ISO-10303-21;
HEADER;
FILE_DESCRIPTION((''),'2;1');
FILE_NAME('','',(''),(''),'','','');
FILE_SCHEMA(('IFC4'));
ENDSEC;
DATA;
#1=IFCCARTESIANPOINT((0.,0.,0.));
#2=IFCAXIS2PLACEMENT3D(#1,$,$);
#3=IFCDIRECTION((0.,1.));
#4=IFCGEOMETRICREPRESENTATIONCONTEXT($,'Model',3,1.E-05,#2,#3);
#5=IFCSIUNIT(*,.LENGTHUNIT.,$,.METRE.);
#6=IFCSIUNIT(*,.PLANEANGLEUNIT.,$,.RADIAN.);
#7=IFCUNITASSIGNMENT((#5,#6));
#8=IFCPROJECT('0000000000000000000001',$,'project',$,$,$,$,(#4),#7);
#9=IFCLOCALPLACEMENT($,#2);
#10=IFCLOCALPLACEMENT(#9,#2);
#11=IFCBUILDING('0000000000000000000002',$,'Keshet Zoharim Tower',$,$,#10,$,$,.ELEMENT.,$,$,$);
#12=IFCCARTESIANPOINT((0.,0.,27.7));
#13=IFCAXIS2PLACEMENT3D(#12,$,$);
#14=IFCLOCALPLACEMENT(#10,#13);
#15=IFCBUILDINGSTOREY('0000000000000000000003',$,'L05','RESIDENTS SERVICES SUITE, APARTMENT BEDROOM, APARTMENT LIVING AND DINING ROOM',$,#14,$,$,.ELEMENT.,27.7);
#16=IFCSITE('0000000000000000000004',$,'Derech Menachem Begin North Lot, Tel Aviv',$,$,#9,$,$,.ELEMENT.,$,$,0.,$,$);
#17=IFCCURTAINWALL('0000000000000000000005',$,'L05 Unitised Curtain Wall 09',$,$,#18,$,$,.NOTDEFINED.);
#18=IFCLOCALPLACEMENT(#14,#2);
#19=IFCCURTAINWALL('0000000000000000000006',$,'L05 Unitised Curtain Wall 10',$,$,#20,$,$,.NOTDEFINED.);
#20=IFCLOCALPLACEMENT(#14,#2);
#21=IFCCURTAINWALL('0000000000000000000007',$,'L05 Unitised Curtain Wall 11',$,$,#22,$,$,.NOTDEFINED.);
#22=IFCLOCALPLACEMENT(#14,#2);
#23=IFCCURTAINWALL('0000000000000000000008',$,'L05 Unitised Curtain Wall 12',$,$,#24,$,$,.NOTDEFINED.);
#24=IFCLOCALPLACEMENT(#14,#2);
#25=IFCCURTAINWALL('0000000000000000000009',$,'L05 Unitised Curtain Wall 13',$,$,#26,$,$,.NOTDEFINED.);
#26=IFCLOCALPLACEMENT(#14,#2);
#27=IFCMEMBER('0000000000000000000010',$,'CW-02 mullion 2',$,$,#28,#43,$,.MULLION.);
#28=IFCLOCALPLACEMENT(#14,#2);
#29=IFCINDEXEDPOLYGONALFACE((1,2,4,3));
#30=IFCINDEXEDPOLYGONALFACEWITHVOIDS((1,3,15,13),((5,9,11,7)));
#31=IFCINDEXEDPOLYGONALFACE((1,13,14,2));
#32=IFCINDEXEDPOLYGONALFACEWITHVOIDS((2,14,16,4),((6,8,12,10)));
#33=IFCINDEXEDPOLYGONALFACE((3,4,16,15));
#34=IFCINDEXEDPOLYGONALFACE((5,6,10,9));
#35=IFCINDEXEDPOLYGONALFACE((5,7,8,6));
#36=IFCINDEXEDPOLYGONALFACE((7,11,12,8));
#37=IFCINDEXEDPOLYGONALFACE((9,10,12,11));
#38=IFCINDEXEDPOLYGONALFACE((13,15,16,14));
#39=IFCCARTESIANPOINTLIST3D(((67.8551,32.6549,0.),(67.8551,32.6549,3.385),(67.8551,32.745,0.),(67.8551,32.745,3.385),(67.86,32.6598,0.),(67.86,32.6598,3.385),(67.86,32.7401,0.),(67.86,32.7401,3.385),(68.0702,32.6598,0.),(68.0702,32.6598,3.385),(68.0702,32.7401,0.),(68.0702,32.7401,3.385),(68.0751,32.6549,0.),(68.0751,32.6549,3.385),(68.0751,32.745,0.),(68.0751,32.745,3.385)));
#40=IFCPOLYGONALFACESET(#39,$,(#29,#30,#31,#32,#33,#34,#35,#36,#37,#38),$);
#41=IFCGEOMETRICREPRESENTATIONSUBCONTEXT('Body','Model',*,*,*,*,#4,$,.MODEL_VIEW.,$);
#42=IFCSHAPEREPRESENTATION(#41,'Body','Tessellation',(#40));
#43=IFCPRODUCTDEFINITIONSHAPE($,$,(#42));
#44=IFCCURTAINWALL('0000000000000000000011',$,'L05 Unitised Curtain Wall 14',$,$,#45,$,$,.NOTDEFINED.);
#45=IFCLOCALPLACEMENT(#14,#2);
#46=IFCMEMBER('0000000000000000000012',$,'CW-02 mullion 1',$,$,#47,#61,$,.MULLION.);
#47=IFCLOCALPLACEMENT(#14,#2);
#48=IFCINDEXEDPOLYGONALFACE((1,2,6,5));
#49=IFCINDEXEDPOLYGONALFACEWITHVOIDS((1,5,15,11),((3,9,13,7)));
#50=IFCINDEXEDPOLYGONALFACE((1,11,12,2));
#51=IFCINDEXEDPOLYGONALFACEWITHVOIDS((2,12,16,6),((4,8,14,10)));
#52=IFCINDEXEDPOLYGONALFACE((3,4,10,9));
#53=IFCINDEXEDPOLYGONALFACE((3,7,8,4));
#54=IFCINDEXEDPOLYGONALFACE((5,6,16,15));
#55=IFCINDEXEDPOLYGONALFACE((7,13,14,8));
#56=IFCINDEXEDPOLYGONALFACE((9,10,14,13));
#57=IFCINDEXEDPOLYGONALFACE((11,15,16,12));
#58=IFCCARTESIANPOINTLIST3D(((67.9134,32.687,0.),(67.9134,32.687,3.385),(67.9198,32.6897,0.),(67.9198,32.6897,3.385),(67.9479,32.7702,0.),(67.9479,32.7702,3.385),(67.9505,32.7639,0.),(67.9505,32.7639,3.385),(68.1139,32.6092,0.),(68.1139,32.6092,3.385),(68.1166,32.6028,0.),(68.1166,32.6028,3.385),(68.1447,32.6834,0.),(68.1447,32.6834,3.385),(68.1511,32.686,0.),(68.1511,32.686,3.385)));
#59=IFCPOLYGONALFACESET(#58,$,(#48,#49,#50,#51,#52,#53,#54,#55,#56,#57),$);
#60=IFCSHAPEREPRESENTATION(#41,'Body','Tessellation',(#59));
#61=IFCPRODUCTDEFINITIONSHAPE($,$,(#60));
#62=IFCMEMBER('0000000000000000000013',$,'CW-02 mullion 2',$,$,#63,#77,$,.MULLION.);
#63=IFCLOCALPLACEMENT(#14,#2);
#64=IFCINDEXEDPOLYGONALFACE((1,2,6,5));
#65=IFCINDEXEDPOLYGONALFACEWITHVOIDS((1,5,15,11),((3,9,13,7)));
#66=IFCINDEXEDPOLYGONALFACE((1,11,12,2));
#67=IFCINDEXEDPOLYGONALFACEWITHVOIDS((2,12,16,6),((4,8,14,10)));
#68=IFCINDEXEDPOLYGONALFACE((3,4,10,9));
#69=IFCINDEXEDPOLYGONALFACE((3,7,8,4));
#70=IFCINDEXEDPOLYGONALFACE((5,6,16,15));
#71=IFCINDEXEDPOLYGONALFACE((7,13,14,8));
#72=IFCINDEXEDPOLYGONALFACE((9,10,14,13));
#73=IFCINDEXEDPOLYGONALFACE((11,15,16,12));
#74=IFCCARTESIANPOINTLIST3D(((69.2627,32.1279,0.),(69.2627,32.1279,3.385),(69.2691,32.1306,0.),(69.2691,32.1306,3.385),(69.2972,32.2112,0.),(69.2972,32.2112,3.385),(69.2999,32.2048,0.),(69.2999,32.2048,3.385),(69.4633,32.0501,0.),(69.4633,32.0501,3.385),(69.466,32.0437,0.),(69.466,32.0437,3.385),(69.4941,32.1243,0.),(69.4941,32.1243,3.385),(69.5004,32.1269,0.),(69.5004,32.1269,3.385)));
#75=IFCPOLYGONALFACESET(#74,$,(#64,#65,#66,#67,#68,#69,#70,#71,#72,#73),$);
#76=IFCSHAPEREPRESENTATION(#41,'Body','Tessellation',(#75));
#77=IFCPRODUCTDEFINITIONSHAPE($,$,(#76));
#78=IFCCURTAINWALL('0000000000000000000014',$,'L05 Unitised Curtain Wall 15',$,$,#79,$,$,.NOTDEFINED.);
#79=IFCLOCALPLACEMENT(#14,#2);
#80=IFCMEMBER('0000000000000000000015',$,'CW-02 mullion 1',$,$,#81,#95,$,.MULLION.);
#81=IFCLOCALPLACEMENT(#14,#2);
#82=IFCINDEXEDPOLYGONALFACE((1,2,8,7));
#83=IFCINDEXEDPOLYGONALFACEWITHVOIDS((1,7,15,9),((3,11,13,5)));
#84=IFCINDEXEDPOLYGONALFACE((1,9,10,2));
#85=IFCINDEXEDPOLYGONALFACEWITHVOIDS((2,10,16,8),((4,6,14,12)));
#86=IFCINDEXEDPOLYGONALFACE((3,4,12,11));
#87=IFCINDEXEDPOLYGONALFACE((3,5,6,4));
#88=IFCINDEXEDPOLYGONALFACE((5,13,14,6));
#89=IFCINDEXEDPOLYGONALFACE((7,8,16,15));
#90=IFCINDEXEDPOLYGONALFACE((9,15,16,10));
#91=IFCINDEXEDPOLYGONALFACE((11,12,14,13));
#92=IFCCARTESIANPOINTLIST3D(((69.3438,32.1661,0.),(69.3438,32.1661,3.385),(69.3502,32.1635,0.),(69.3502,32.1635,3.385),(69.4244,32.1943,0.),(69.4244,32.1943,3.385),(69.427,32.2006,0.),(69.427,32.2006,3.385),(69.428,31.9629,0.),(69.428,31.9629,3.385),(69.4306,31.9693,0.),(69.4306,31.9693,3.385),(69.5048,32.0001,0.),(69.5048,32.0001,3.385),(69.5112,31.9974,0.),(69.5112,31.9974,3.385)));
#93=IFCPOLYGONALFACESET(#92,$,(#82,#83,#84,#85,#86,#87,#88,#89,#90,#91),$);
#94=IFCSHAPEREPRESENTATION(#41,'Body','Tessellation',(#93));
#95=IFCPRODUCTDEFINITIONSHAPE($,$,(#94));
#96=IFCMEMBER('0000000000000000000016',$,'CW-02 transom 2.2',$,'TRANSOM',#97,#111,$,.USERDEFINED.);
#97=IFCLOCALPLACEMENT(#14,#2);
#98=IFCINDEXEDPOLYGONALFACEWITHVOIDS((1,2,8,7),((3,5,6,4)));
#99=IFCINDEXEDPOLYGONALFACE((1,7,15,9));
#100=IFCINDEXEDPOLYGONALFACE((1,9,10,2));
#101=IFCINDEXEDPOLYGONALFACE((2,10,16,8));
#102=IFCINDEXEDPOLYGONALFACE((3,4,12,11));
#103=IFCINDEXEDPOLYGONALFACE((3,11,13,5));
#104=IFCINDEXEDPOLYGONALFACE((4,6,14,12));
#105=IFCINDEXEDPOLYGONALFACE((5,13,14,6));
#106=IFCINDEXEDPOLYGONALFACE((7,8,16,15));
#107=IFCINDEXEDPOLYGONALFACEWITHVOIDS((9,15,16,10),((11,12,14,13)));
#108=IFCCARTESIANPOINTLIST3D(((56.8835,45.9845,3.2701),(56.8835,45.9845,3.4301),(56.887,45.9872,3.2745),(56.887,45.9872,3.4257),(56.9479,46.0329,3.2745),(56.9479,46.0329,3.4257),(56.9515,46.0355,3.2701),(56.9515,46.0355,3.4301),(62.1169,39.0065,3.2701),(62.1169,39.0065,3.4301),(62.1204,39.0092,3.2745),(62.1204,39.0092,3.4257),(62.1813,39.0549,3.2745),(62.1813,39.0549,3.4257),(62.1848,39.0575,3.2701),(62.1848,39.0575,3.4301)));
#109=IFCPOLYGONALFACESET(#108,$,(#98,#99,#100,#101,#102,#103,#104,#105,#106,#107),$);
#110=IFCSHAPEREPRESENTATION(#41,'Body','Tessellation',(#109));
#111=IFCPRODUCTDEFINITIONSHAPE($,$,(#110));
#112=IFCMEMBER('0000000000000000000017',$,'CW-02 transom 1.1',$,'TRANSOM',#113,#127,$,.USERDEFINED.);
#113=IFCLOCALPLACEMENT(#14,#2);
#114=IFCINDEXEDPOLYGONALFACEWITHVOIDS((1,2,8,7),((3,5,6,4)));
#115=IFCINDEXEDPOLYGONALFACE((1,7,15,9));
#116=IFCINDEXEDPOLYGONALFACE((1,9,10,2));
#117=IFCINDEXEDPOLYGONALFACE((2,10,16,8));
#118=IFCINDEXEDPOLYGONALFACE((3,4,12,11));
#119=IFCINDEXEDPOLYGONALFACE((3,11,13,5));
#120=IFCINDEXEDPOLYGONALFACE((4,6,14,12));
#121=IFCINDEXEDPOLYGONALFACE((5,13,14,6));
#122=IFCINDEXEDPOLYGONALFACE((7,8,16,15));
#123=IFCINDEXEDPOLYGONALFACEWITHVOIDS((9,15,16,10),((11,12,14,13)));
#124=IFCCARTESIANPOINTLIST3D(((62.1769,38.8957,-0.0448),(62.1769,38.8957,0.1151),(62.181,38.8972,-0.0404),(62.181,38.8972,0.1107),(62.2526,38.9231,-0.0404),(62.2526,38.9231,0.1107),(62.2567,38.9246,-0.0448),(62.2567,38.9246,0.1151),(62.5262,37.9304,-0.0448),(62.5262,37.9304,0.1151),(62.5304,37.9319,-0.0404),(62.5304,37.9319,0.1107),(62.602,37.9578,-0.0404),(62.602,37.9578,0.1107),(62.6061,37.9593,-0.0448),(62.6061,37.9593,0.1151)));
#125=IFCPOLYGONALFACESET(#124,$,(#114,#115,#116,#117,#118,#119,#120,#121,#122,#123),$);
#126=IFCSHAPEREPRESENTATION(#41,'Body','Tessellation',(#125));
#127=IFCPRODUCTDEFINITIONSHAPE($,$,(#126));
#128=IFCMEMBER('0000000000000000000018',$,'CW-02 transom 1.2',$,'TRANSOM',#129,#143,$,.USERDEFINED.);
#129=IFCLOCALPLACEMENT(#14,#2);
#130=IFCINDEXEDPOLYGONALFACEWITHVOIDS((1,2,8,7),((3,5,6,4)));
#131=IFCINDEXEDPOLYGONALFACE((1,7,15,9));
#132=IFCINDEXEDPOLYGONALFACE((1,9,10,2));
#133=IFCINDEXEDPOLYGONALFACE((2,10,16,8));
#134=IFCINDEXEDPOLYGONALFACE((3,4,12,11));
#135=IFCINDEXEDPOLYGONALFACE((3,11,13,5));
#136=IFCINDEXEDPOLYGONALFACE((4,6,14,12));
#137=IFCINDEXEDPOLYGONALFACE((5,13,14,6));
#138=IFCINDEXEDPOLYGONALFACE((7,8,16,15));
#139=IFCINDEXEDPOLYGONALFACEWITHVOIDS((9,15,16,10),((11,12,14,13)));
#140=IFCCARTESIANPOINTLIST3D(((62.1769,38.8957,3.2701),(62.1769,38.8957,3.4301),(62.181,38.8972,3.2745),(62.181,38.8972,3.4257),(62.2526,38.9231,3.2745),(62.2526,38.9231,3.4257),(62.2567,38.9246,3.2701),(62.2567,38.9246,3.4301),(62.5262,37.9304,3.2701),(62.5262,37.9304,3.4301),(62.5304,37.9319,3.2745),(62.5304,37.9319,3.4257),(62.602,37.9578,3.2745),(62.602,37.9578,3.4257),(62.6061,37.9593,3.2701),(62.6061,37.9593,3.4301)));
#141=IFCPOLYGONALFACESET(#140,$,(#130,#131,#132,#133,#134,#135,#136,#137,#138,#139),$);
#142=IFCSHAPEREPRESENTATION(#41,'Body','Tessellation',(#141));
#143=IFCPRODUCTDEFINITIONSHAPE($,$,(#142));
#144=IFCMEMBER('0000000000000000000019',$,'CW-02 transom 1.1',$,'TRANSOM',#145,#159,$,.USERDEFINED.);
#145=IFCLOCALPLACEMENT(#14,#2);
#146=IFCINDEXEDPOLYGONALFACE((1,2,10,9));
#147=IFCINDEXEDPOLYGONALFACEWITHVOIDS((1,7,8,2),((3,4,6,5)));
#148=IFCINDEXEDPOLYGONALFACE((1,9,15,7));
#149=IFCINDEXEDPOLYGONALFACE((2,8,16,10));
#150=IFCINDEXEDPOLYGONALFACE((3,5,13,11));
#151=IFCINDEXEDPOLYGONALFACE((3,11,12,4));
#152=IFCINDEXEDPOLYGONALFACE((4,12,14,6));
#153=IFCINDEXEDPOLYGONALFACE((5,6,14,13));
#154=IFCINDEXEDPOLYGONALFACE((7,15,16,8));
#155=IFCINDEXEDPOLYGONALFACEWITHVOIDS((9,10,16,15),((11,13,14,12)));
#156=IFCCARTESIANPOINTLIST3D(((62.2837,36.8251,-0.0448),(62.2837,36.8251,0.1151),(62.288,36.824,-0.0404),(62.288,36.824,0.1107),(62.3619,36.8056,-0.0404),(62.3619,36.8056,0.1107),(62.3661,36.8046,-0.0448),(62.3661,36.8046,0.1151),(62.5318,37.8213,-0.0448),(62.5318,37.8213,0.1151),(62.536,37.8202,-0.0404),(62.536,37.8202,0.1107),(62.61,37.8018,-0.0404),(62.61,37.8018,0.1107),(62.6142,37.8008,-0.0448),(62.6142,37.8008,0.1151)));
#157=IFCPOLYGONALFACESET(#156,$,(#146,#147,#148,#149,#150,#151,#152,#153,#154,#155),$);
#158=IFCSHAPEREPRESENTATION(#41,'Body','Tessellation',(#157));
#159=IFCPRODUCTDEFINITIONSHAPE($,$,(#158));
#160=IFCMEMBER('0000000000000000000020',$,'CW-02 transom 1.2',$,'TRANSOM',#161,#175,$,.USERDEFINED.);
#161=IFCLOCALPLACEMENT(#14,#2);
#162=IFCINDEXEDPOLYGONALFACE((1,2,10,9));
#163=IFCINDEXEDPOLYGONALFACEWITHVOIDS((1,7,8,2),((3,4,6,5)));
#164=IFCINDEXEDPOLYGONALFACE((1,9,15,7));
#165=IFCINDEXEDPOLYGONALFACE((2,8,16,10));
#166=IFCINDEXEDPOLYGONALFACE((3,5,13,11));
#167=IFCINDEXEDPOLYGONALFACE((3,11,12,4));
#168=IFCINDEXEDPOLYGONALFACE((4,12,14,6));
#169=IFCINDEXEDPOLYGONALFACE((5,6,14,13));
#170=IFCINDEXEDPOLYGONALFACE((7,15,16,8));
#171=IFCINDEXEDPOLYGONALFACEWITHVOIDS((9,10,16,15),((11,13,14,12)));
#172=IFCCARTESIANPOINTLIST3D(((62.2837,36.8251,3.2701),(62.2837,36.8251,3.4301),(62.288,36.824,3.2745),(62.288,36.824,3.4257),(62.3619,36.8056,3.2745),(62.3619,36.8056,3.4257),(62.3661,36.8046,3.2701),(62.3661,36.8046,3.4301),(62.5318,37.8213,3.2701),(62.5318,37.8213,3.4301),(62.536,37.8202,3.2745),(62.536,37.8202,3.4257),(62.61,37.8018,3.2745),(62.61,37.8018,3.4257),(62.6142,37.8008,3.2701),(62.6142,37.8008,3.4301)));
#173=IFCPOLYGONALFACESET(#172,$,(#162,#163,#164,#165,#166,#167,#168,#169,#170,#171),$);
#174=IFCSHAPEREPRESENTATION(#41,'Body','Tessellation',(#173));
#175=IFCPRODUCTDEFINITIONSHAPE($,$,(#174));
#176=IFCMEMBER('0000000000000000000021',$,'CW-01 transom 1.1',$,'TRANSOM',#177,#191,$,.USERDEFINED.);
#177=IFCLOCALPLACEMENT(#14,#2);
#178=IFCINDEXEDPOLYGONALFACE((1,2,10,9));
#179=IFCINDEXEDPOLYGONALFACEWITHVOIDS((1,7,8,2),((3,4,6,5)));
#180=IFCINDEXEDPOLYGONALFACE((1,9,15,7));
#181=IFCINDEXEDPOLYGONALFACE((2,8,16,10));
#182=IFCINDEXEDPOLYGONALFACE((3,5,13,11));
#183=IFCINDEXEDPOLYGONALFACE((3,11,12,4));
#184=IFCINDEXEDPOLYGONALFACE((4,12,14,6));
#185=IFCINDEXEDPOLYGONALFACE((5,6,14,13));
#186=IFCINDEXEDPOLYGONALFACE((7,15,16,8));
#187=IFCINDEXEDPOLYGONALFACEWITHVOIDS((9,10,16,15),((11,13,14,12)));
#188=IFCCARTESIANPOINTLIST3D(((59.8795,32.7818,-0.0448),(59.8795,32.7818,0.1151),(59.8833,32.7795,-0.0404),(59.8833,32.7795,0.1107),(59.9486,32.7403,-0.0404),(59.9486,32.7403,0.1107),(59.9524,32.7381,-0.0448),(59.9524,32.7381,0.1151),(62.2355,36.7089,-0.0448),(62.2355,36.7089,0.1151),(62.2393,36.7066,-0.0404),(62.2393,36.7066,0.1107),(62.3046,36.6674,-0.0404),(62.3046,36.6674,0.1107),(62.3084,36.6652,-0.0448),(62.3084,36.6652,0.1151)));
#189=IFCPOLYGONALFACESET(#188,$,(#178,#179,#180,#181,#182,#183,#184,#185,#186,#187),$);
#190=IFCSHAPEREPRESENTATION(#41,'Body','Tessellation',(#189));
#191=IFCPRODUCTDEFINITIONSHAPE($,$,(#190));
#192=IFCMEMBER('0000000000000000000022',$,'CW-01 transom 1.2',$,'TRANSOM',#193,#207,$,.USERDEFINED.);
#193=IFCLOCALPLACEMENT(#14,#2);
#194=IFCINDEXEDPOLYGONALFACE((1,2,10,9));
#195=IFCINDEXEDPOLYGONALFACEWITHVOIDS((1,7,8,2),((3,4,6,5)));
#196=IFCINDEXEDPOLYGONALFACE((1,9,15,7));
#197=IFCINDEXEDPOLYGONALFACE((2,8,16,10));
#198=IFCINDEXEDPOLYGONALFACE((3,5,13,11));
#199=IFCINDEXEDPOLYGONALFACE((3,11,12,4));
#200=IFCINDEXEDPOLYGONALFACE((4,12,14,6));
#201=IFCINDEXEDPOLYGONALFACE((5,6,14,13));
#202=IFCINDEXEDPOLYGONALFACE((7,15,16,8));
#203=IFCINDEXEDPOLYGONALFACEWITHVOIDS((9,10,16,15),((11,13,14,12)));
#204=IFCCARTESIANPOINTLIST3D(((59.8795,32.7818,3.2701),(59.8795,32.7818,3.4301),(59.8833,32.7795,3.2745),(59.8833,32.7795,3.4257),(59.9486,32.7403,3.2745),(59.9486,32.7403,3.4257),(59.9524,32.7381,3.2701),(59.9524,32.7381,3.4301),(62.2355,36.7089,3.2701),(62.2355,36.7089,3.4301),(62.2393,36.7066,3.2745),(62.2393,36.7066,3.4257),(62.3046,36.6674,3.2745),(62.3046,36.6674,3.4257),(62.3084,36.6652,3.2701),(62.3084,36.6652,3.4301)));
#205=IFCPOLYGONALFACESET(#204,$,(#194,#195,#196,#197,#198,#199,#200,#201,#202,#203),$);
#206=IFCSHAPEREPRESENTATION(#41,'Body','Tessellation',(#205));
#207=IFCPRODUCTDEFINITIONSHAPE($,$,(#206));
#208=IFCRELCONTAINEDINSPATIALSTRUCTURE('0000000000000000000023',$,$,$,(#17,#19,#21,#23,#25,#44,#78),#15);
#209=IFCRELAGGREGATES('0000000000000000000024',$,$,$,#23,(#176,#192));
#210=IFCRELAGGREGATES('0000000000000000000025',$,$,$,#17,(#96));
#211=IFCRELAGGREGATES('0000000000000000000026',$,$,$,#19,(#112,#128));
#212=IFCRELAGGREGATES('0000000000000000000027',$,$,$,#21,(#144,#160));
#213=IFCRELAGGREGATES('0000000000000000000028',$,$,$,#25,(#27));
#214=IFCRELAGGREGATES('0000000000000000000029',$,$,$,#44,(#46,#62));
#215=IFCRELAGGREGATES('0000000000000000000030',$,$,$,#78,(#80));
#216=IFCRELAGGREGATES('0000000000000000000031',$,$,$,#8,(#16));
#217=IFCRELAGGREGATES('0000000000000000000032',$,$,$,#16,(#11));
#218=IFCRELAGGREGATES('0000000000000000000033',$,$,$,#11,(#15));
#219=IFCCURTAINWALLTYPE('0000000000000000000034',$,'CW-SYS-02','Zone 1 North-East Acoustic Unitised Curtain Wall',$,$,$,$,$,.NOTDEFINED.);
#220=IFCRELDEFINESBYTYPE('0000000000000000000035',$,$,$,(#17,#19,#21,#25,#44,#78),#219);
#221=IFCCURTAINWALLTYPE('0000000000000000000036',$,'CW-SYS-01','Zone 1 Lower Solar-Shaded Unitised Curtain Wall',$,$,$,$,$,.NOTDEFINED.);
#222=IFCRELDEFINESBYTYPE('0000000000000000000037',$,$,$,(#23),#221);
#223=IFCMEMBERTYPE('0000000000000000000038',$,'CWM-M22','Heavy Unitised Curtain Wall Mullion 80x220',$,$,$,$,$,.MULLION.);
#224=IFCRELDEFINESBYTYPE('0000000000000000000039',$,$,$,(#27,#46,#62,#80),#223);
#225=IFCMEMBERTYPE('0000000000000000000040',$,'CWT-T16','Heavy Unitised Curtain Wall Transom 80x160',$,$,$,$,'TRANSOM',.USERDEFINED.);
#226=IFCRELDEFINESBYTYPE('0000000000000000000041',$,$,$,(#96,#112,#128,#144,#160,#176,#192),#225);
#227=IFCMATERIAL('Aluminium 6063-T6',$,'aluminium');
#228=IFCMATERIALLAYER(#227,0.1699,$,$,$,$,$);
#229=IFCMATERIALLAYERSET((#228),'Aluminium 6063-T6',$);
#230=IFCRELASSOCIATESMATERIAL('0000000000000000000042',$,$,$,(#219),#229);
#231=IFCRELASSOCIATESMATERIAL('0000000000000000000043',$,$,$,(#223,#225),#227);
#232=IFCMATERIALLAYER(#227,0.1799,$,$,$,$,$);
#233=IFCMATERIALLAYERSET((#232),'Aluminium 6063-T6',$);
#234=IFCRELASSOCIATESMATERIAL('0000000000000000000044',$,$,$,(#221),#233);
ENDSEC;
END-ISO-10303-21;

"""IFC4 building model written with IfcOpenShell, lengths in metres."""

from ifc_helpers import new_model, si_unit, direction, frame, origin, origin_2d, place, context, subcontext, project, spatial, hollow_rectangle, extrude, material, layer, layer_set, material_profile, profile_set, type_object, element, aggregate, save


model = new_model("IFC4")

# Units and contexts
model_context = context("Model", 3, precision=1e-05, world=origin(), true_north=direction((0.0, 1.0)))
body_context = subcontext(model_context, "Body", "Model", "MODEL_VIEW")
ifc_project = project(units=[si_unit("LENGTHUNIT", "METRE"), si_unit("PLANEANGLEUNIT", "RADIAN")], contexts=[model_context])

# Site, building, storey
site_placement = place(None, origin())
site = spatial("IfcSite", under=ifc_project, at=site_placement, Name="Derech Menachem Begin North Lot, Tel Aviv", CompositionType="ELEMENT", RefElevation=0.0)
building_placement = place(site_placement, origin())
building = spatial("IfcBuilding", under=site, at=building_placement, Name="Keshet Zoharim Tower", CompositionType="ELEMENT")
storey_placement = place(building_placement, frame((0.0, 0.0, 27.7)))
storey = spatial("IfcBuildingStorey", under=building, at=storey_placement, Name="L05", Description="RESIDENTS SERVICES SUITE, APARTMENT BEDROOM, APARTMENT LIVING AND DINING ROOM", CompositionType="ELEMENT", Elevation=27.7)

# Curtain wall
ifc_material_1 = material(Name="Aluminium 6063-T6", Category="aluminium")
ifc_layer_1 = layer(ifc_material_1, 0.1699)
ifc_layer_set_1 = layer_set([ifc_layer_1], Name="Aluminium 6063-T6")
curtain_wall_type_1 = type_object("IfcCurtainWallType", Name="CW-SYS-02", Description="Zone 1 North-East Acoustic Unitised Curtain Wall", PredefinedType="NOTDEFINED", material=ifc_layer_set_1)
curtain_wall_1_placement = place(storey_placement, origin())
curtain_wall_1 = element("IfcCurtainWall", 1, at=curtain_wall_1_placement, inside=storey, type_object=curtain_wall_type_1, Name="L05 Unitised Curtain Wall 09", PredefinedType="NOTDEFINED")
ifc_material_profile_1 = material_profile(ifc_material_1, hollow_rectangle(XDim=0.0901, YDim=0.22, WallThickness=0.0049, at=origin_2d()), Name="MUL-90x220")
ifc_profile_set_1 = profile_set([ifc_material_profile_1], Name="Aluminium 6063-T6")
member_type_1 = type_object("IfcMemberType", Name="CWM-M22", Description="Heavy Unitised Curtain Wall Mullion 80x220", PredefinedType="MULLION", material=ifc_profile_set_1)

# Curtain walls, members
curtain_wall_2_placement = place(storey_placement, origin())
curtain_wall_2 = element("IfcCurtainWall", 2, at=curtain_wall_2_placement, inside=storey, type_object=curtain_wall_type_1, Name="L05 Unitised Curtain Wall 10", PredefinedType="NOTDEFINED")
curtain_wall_3_placement = place(storey_placement, origin())
curtain_wall_3 = element("IfcCurtainWall", 3, at=curtain_wall_3_placement, inside=storey, type_object=curtain_wall_type_1, Name="L05 Unitised Curtain Wall 11", PredefinedType="NOTDEFINED")
ifc_layer_2 = layer(ifc_material_1, 0.1799)
ifc_layer_set_2 = layer_set([ifc_layer_2], Name="Aluminium 6063-T6")
curtain_wall_type_2 = type_object("IfcCurtainWallType", Name="CW-SYS-01", Description="Zone 1 Lower Solar-Shaded Unitised Curtain Wall", PredefinedType="NOTDEFINED", material=ifc_layer_set_2)
curtain_wall_4_placement = place(storey_placement, origin())
curtain_wall_4 = element("IfcCurtainWall", 4, at=curtain_wall_4_placement, inside=storey, type_object=curtain_wall_type_2, Name="L05 Unitised Curtain Wall 12", PredefinedType="NOTDEFINED")
curtain_wall_5_placement = place(storey_placement, origin())
curtain_wall_5 = element("IfcCurtainWall", 5, at=curtain_wall_5_placement, inside=storey, type_object=curtain_wall_type_1, Name="L05 Unitised Curtain Wall 13", PredefinedType="NOTDEFINED")
member_1_placement = place(storey_placement, frame((67.9651, 32.7, 0.0), z_axis=(0.0, 0.0, 1.0), x_axis=(0.0, 1.0, 0.0)))
member_1 = element("IfcMember", 6, at=member_1_placement, type_object=member_type_1, Name="CW-02 mullion 2", PredefinedType="MULLION", context=body_context, shape_type="SweptSolid", body=[
    extrude(hollow_rectangle(XDim=0.0901, YDim=0.22, WallThickness=0.0049, at=origin_2d()), origin(), (0.0, 0.0, 1.0), 3.385),
])
curtain_wall_6_placement = place(storey_placement, origin())
curtain_wall_6 = element("IfcCurtainWall", 7, at=curtain_wall_6_placement, inside=storey, type_object=curtain_wall_type_1, Name="L05 Unitised Curtain Wall 14", PredefinedType="NOTDEFINED")
member_2_placement = place(storey_placement, frame((68.0322, 32.6865, 0.0), z_axis=(0.0, 0.0, 1.0), x_axis=(0.382852, 0.92381, 0.0)))
member_2 = element("IfcMember", 8, at=member_2_placement, type_object=member_type_1, Name="CW-02 mullion 1", PredefinedType="MULLION", context=body_context, shape_type="SweptSolid", body=[
    extrude(hollow_rectangle(XDim=0.0901, YDim=0.22, WallThickness=0.0049, at=origin_2d()), origin(), (0.0, 0.0, 1.0), 3.385),
])
member_3_placement = place(storey_placement, frame((69.3816, 32.1274, 0.0), z_axis=(0.0, 0.0, 1.0), x_axis=(0.382852, 0.92381, 0.0)))
member_3 = element("IfcMember", 9, at=member_3_placement, type_object=member_type_1, Name="CW-02 mullion 2", PredefinedType="MULLION", context=body_context, shape_type="SweptSolid", body=[
    extrude(hollow_rectangle(XDim=0.0901, YDim=0.22, WallThickness=0.0049, at=origin_2d()), origin(), (0.0, 0.0, 1.0), 3.385),
])

# Curtain wall, member
curtain_wall_7_placement = place(storey_placement, origin())
curtain_wall_7 = element("IfcCurtainWall", 10, at=curtain_wall_7_placement, inside=storey, type_object=curtain_wall_type_1, Name="L05 Unitised Curtain Wall 15", PredefinedType="NOTDEFINED")
member_4_placement = place(storey_placement, frame((69.4275, 32.0818, 0.0), z_axis=(0.0, 0.0, 1.0), x_axis=(0.92381, 0.382852, 0.0)))
member_4 = element("IfcMember", 11, at=member_4_placement, type_object=member_type_1, Name="CW-02 mullion 1", PredefinedType="MULLION", context=body_context, shape_type="SweptSolid", body=[
    extrude(hollow_rectangle(XDim=0.0901, YDim=0.22, WallThickness=0.0049, at=origin_2d()), origin(), (0.0, 0.0, 1.0), 3.385),
])

# Members
ifc_material_profile_2 = material_profile(ifc_material_1, hollow_rectangle(XDim=0.085, YDim=0.1599, WallThickness=0.0044, at=origin_2d()), Name="TRN-85x160")
ifc_profile_set_2 = profile_set([ifc_material_profile_2], Name="Aluminium 6063-T6")
member_type_2 = type_object("IfcMemberType", Name="CWT-T16", Description="Heavy Unitised Curtain Wall Transom 80x160", ElementType="TRANSOM", PredefinedType="USERDEFINED", material=ifc_profile_set_2)
member_5_placement = place(storey_placement, frame((56.9175, 46.01, 3.3501), z_axis=(0.599991, -0.800007, 0.0), x_axis=(0.800007, 0.599991, 0.0)))
member_5 = element("IfcMember", 12, at=member_5_placement, type_object=member_type_2, Name="CW-02 transom 2.2", ObjectType="TRANSOM", PredefinedType="USERDEFINED", context=body_context, shape_type="SweptSolid", body=[
    extrude(hollow_rectangle(XDim=0.085, YDim=0.1599, WallThickness=0.0044, at=origin_2d()), origin(), (0.0, 0.0, 1.0), 8.7224),
])
member_6_placement = place(storey_placement, frame((62.2168, 38.9102, 0.0352), z_axis=(0.340311, -0.940313, 0.0), x_axis=(0.940313, 0.340311, 0.0)))
member_6 = element("IfcMember", 13, at=member_6_placement, type_object=member_type_2, Name="CW-02 transom 1.1", ObjectType="TRANSOM", PredefinedType="USERDEFINED", context=body_context, shape_type="SweptSolid", body=[
    extrude(hollow_rectangle(XDim=0.085, YDim=0.1599, WallThickness=0.0044, at=origin_2d()), origin(), (0.0, 0.0, 1.0), 1.0266),
])
member_7_placement = place(storey_placement, frame((62.2168, 38.9102, 3.3501), z_axis=(0.340311, -0.940313, 0.0), x_axis=(0.940313, 0.340311, 0.0)))
member_7 = element("IfcMember", 14, at=member_7_placement, type_object=member_type_2, Name="CW-02 transom 1.2", ObjectType="TRANSOM", PredefinedType="USERDEFINED", context=body_context, shape_type="SweptSolid", body=[
    extrude(hollow_rectangle(XDim=0.085, YDim=0.1599, WallThickness=0.0044, at=origin_2d()), origin(), (0.0, 0.0, 1.0), 1.0266),
])
member_8_placement = place(storey_placement, frame((62.573, 37.811, 0.0352), z_axis=(-0.24164, -0.970366, 0.0), x_axis=(0.970366, -0.24164, 0.0)))
member_8 = element("IfcMember", 15, at=member_8_placement, type_object=member_type_2, Name="CW-02 transom 1.1", ObjectType="TRANSOM", PredefinedType="USERDEFINED", context=body_context, shape_type="SweptSolid", body=[
    extrude(hollow_rectangle(XDim=0.085, YDim=0.1599, WallThickness=0.0044, at=origin_2d()), origin(), (0.0, 0.0, 1.0), 1.0266),
])
member_9_placement = place(storey_placement, frame((62.573, 37.811, 3.3501), z_axis=(-0.24164, -0.970366, 0.0), x_axis=(0.970366, -0.24164, 0.0)))
member_9 = element("IfcMember", 16, at=member_9_placement, type_object=member_type_2, Name="CW-02 transom 1.2", ObjectType="TRANSOM", PredefinedType="USERDEFINED", context=body_context, shape_type="SweptSolid", body=[
    extrude(hollow_rectangle(XDim=0.085, YDim=0.1599, WallThickness=0.0044, at=origin_2d()), origin(), (0.0, 0.0, 1.0), 1.0266),
])
member_10_placement = place(storey_placement, frame((62.272, 36.687, 0.0352), z_axis=(-0.514457, -0.857516, 0.0), x_axis=(0.857516, -0.514457, 0.0)))
member_10 = element("IfcMember", 17, at=member_10_placement, type_object=member_type_2, Name="CW-01 transom 1.1", ObjectType="TRANSOM", PredefinedType="USERDEFINED", context=body_context, shape_type="SweptSolid", body=[
    extrude(hollow_rectangle(XDim=0.085, YDim=0.1599, WallThickness=0.0044, at=origin_2d()), origin(), (0.0, 0.0, 1.0), 4.5796),
])
member_11_placement = place(storey_placement, frame((62.272, 36.687, 3.3501), z_axis=(-0.514457, -0.857516, 0.0), x_axis=(0.857516, -0.514457, 0.0)))
member_11 = element("IfcMember", 18, at=member_11_placement, type_object=member_type_2, Name="CW-01 transom 1.2", ObjectType="TRANSOM", PredefinedType="USERDEFINED", context=body_context, shape_type="SweptSolid", body=[
    extrude(hollow_rectangle(XDim=0.085, YDim=0.1599, WallThickness=0.0044, at=origin_2d()), origin(), (0.0, 0.0, 1.0), 4.5796),
])

aggregate(curtain_wall_4, [member_10, member_11])
aggregate(curtain_wall_1, [member_5])
aggregate(curtain_wall_2, [member_6, member_7])
aggregate(curtain_wall_3, [member_8, member_9])
aggregate(curtain_wall_5, [member_1])
aggregate(curtain_wall_6, [member_2, member_3])
aggregate(curtain_wall_7, [member_4])

save(model, "model.ifc")
